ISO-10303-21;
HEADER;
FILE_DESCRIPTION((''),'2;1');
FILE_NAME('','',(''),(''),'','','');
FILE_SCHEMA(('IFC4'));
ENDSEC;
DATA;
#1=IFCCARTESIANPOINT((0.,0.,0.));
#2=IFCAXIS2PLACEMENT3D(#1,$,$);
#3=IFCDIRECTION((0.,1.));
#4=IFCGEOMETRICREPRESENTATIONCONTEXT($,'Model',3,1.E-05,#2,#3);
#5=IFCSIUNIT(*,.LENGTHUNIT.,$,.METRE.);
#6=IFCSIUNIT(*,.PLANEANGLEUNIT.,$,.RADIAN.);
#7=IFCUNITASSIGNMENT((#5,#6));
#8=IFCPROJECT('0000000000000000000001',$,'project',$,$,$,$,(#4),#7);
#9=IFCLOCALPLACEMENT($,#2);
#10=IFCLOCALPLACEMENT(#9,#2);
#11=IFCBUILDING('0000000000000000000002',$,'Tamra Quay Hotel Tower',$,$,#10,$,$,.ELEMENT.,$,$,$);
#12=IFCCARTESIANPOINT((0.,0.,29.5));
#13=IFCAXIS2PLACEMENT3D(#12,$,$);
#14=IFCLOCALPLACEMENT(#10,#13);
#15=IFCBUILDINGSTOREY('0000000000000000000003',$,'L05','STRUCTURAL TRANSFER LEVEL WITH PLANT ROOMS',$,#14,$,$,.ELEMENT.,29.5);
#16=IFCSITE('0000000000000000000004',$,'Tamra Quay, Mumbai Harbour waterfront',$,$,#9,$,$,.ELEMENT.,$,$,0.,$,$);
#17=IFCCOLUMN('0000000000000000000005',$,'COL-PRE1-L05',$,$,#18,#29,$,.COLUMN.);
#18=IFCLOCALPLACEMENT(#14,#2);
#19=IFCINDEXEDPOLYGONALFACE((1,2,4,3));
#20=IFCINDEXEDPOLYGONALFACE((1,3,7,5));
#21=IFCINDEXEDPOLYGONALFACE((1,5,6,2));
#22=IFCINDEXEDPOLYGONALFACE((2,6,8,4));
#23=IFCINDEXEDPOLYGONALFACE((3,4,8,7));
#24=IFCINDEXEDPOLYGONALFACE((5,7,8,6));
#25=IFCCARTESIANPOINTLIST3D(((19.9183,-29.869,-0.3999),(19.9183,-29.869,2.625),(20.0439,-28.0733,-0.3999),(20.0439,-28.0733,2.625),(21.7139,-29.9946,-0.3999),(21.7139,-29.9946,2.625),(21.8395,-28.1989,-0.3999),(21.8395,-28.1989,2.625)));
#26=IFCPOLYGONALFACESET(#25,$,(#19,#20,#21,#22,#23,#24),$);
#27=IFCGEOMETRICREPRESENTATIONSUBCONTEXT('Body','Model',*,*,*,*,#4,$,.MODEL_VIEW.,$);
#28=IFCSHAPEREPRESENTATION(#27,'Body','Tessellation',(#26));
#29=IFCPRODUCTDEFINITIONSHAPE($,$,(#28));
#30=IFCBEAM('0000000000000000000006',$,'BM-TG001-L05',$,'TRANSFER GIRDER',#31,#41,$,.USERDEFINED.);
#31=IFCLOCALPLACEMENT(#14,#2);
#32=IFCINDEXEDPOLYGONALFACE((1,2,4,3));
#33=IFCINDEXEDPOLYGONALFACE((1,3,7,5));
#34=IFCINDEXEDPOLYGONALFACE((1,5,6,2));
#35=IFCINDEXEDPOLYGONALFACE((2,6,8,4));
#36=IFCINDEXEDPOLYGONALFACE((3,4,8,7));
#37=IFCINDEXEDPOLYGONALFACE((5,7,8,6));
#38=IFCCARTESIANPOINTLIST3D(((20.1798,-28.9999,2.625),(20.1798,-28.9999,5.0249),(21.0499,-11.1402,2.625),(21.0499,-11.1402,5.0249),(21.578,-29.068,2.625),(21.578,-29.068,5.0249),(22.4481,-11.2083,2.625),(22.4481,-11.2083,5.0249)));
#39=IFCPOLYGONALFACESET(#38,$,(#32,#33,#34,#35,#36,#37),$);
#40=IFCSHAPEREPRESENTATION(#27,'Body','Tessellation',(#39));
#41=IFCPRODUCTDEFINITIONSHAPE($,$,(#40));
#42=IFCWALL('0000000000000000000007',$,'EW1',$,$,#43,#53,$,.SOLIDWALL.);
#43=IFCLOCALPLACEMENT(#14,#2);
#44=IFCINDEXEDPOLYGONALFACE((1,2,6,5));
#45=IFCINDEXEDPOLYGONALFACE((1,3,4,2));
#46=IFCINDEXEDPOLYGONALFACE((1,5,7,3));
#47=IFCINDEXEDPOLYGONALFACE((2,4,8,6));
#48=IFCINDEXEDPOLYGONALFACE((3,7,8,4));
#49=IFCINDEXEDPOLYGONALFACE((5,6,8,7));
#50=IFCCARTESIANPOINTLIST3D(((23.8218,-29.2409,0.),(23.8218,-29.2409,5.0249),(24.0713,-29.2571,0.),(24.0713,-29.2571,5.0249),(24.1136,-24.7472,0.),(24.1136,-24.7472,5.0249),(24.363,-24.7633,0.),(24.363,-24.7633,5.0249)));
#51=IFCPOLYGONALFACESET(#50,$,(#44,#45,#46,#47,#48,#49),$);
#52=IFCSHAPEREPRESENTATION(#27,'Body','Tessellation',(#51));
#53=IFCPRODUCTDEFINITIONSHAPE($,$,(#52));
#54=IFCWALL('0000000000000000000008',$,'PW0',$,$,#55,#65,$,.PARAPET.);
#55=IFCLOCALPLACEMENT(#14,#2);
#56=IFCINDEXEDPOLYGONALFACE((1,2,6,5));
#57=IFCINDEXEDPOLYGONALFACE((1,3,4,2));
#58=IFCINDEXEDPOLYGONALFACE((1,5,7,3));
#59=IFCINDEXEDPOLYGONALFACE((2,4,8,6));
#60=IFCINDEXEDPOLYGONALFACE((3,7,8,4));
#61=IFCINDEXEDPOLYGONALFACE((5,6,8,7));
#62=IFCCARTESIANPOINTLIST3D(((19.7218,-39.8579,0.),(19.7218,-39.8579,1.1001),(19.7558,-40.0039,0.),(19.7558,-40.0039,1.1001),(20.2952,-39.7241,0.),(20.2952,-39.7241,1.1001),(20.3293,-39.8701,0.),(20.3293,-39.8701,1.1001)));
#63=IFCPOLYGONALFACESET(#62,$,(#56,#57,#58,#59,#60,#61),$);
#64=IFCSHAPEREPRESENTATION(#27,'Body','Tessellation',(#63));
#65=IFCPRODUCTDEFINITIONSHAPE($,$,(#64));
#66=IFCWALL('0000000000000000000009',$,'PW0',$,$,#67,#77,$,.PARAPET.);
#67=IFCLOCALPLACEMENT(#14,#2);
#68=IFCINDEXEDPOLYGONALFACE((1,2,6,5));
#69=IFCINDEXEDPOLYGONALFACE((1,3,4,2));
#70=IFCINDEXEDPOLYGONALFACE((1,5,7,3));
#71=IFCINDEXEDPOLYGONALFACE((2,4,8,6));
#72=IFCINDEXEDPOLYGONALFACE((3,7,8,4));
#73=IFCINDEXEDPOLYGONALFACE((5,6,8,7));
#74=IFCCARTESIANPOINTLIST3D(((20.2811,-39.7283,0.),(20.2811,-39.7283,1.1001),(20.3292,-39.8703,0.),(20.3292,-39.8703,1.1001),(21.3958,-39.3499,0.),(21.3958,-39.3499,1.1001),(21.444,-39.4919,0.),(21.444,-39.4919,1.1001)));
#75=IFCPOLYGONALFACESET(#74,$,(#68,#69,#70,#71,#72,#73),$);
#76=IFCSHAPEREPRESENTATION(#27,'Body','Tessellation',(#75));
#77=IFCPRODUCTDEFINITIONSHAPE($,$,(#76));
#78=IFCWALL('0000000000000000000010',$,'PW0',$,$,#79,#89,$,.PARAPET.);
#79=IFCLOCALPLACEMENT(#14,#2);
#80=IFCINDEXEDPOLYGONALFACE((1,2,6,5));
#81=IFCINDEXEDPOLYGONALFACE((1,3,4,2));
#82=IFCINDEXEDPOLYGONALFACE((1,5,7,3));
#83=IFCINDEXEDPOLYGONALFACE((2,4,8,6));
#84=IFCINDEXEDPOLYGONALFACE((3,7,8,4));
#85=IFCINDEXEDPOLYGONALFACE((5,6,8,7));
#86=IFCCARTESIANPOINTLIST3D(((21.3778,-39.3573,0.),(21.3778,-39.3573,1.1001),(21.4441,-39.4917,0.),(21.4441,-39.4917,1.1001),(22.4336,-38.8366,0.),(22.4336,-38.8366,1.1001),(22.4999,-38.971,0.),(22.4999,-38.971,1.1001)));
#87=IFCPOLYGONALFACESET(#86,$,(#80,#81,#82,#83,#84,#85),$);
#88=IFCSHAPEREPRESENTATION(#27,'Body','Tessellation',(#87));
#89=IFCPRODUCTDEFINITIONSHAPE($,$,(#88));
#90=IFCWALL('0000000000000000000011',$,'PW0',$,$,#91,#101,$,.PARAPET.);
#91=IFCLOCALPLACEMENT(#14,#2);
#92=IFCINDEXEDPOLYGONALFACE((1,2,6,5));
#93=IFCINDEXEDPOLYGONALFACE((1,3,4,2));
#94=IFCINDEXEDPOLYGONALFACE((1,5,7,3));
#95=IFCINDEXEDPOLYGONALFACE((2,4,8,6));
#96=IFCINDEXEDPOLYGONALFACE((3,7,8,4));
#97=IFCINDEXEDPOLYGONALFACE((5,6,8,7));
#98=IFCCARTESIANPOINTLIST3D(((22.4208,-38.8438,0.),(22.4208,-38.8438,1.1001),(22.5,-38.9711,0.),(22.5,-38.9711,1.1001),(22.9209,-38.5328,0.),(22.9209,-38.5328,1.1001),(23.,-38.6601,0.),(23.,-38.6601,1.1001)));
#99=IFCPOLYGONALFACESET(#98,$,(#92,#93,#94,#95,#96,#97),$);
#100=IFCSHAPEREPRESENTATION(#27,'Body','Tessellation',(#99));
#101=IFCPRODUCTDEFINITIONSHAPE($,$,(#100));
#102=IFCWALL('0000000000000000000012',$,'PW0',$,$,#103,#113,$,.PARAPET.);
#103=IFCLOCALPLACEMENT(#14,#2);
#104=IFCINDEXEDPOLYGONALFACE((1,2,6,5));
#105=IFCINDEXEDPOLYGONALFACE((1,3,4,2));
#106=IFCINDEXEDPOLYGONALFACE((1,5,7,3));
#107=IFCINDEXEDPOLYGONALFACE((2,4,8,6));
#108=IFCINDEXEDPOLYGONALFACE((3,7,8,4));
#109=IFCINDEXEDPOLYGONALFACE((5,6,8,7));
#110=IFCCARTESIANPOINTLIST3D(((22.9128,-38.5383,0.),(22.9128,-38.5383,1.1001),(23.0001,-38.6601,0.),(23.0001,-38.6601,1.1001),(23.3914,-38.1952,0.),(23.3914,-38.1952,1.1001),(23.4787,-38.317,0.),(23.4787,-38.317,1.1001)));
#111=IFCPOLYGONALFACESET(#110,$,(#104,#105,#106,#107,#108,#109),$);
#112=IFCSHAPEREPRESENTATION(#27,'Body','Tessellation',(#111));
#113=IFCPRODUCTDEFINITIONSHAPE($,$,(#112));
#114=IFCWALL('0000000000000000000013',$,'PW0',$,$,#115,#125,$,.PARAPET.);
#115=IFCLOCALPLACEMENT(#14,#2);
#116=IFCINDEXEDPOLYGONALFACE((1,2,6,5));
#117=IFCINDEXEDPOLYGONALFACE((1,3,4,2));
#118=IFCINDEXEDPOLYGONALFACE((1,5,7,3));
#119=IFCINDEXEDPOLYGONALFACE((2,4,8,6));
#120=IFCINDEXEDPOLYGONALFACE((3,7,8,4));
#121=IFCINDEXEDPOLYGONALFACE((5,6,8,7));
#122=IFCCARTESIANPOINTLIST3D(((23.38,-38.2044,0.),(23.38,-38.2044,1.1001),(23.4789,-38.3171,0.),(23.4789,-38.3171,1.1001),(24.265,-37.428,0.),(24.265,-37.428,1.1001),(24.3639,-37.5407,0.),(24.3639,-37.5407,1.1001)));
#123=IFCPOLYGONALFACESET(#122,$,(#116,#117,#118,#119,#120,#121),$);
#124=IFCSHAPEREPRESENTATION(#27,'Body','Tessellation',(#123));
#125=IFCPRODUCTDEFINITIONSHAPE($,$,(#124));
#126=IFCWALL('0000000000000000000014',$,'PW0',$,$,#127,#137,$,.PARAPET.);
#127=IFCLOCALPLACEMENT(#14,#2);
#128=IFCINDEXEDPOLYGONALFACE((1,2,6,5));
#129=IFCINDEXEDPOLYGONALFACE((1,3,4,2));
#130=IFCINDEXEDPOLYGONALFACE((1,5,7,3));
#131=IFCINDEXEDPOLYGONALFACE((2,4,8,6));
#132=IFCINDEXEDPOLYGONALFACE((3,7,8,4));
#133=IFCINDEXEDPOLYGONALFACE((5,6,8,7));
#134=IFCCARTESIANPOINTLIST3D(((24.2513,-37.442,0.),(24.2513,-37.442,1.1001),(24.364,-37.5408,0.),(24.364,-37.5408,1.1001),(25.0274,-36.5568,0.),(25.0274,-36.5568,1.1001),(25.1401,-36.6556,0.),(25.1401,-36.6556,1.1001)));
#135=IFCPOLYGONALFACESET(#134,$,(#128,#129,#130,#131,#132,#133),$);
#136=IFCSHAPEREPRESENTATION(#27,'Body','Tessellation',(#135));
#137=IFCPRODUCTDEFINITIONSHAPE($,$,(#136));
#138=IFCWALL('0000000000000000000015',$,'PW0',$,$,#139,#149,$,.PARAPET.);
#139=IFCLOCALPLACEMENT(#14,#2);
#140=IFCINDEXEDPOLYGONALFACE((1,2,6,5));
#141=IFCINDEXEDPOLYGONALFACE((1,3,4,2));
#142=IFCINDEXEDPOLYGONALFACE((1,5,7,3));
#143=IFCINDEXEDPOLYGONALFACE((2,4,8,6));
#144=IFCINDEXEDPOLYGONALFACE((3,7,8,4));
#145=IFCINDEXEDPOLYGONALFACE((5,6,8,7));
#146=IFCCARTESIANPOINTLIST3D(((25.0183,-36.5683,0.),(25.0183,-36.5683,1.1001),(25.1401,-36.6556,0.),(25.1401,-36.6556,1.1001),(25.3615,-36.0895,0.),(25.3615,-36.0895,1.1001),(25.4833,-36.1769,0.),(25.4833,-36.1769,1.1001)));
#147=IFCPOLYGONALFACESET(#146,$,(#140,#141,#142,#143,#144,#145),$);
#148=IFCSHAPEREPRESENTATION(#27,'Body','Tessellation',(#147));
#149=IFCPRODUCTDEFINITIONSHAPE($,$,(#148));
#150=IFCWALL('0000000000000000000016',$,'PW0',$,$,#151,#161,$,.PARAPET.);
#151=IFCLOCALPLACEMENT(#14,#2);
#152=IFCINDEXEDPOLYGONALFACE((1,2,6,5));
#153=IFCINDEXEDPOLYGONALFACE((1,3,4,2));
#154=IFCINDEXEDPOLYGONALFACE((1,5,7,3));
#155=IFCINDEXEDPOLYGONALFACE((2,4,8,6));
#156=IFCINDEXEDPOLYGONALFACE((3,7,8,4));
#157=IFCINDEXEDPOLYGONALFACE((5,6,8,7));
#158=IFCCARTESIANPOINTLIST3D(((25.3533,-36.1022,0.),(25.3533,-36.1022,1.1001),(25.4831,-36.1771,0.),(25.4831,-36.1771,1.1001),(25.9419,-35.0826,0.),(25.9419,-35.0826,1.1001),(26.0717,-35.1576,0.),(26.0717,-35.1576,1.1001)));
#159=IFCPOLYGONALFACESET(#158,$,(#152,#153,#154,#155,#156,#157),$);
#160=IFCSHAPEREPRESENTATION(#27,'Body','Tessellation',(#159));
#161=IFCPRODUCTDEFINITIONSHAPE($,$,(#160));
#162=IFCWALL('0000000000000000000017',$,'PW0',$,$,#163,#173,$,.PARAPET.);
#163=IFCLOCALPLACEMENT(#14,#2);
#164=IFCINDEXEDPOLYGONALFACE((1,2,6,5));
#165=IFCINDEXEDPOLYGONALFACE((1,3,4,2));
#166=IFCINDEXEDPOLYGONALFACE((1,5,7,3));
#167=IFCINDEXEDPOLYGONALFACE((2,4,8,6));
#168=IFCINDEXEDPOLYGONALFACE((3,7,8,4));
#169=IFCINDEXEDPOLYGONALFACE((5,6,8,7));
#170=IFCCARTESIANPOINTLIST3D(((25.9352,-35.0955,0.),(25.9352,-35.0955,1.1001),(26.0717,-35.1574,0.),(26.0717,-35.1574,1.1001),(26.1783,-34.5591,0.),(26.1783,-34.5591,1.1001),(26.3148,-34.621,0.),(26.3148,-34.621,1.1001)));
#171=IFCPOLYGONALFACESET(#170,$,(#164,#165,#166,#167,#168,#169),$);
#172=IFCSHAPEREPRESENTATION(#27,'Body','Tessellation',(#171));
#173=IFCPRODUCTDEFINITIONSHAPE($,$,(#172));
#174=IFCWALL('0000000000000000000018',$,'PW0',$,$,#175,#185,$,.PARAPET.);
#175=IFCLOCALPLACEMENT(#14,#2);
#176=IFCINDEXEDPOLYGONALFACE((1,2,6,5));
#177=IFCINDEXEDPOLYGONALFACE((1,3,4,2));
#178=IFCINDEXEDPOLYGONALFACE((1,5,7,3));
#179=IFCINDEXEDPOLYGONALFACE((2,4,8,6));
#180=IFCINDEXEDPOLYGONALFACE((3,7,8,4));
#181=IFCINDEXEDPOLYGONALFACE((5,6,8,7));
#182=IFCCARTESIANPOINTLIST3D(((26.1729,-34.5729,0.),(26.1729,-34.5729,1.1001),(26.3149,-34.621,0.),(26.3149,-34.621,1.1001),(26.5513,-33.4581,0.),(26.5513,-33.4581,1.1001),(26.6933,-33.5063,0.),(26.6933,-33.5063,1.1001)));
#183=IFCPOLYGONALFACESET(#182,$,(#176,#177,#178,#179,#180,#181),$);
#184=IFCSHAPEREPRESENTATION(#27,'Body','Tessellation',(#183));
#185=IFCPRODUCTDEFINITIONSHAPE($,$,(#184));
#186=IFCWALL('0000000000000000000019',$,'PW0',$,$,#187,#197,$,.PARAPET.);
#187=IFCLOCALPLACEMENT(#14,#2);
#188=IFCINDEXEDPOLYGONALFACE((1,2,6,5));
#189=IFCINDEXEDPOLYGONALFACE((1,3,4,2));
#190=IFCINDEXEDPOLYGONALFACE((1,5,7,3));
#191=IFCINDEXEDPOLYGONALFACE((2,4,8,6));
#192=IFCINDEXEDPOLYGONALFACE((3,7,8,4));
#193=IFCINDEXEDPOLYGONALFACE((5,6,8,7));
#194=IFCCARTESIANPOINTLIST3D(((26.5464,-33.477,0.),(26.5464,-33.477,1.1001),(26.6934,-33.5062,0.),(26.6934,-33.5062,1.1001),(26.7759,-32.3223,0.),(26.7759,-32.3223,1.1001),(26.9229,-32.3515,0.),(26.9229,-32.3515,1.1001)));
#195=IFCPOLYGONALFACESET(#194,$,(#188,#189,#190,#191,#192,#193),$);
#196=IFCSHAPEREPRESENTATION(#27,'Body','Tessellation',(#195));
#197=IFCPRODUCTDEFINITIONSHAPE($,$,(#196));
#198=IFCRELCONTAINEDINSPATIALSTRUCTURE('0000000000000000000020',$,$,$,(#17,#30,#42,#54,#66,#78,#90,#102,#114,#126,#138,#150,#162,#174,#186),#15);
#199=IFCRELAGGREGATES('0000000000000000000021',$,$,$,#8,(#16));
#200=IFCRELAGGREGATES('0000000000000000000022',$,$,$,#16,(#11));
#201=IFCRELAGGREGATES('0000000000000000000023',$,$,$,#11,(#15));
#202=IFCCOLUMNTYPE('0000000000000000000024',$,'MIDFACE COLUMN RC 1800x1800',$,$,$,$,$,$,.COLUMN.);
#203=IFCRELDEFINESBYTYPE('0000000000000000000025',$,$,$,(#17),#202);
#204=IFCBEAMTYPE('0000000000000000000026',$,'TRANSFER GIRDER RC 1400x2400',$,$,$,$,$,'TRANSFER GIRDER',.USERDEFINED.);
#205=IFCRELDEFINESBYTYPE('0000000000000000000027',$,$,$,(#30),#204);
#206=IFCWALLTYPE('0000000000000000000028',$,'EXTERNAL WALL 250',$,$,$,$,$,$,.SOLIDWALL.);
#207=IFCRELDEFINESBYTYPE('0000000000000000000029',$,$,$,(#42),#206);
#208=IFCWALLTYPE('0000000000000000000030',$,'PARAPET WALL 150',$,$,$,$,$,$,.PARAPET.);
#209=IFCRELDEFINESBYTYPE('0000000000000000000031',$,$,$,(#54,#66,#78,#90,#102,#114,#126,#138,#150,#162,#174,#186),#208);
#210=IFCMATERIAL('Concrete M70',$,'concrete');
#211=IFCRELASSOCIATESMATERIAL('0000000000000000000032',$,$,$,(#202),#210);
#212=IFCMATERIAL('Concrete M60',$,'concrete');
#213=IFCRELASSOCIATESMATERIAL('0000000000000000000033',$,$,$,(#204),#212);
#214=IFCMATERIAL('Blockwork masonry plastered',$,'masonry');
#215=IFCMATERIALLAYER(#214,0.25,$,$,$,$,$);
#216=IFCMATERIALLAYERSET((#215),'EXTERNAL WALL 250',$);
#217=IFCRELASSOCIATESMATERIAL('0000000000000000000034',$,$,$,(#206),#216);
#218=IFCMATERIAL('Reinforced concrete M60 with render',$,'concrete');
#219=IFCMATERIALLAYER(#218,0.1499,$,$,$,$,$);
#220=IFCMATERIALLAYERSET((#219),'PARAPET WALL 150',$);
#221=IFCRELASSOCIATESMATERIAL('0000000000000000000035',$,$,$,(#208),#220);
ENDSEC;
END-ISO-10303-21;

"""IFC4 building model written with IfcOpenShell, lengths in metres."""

from ifc_helpers import new_model, si_unit, direction, frame, frame_2d, origin, origin_2d, place, context, subcontext, project, spatial, rectangle, extrude, material, layer, layer_set, material_profile, profile_set, type_object, element, save


model = new_model("IFC4")

# Units and contexts
model_context = context("Model", 3, precision=1e-05, world=origin(), true_north=direction((0.0, 1.0)))
body_context = subcontext(model_context, "Body", "Model", "MODEL_VIEW")
ifc_project = project(units=[si_unit("LENGTHUNIT", "METRE"), si_unit("PLANEANGLEUNIT", "RADIAN")], contexts=[model_context])

# Site, building, storey
site_placement = place(None, origin())
site = spatial("IfcSite", under=ifc_project, at=site_placement, Name="Tamra Quay, Mumbai Harbour waterfront", CompositionType="ELEMENT", RefElevation=0.0)
building_placement = place(site_placement, origin())
building = spatial("IfcBuilding", under=site, at=building_placement, Name="Tamra Quay Hotel Tower", CompositionType="ELEMENT")
storey_placement = place(building_placement, frame((0.0, 0.0, 29.5)))
storey = spatial("IfcBuildingStorey", under=building, at=storey_placement, Name="L05", Description="STRUCTURAL TRANSFER LEVEL WITH PLANT ROOMS", CompositionType="ELEMENT", Elevation=29.5)

# Column
ifc_material_1 = material(Name="Concrete M70", Category="concrete")
ifc_material_profile_1 = material_profile(ifc_material_1, rectangle(XDim=1.8, YDim=1.8, at=origin_2d()), Name="MIDFACE COLUMN RC 1800x1800")
ifc_profile_set_1 = profile_set([ifc_material_profile_1], Name="Concrete M70")
column_type = type_object("IfcColumnType", Name="MIDFACE COLUMN RC 1800x1800", PredefinedType="COLUMN", material=ifc_profile_set_1)
column_placement = place(storey_placement, frame((20.8789, -29.0339, -0.3999), z_axis=(0.0, 0.0, 1.0), x_axis=(-0.997562, 0.06979, 0.0)))
element("IfcColumn", 1, at=column_placement, inside=storey, type_object=column_type, Name="COL-PRE1-L05", PredefinedType="COLUMN", context=body_context, shape_type="SweptSolid", body=[
    extrude(rectangle(XDim=1.8, YDim=1.8, at=origin_2d()), origin(), (0.0, 0.0, 1.0), 3.0249),
])

# Beam
ifc_material_2 = material(Name="Concrete M60", Category="concrete")
ifc_material_profile_2 = material_profile(ifc_material_2, rectangle(XDim=1.3999, YDim=2.3999, at=origin_2d()), Name="TRANSFER GIRDER RC 1400x2400")
ifc_profile_set_2 = profile_set([ifc_material_profile_2], Name="Concrete M60")
beam_type = type_object("IfcBeamType", Name="TRANSFER GIRDER RC 1400x2400", ElementType="TRANSFER GIRDER", PredefinedType="USERDEFINED", material=ifc_profile_set_2)
beam_placement = place(storey_placement, frame((20.8789, -29.0339, 3.825), z_axis=(0.048662, 0.998815, 0.0), x_axis=(-0.998815, 0.048662, 0.0)))
element("IfcBeam", 2, at=beam_placement, inside=storey, type_object=beam_type, Name="BM-TG001-L05", ObjectType="TRANSFER GIRDER", PredefinedType="USERDEFINED", context=body_context, shape_type="SweptSolid", body=[
    extrude(rectangle(XDim=1.3999, YDim=2.3999, at=origin_2d()), origin(), (0.0, 0.0, 1.0), 17.8809),
])

# Walls
ifc_material_3 = material(Name="Blockwork masonry plastered", Category="masonry")
ifc_layer_1 = layer(ifc_material_3, 0.25)
ifc_layer_set_1 = layer_set([ifc_layer_1], Name="EXTERNAL WALL 250")
wall_type_1 = type_object("IfcWallType", Name="EXTERNAL WALL 250", PredefinedType="SOLIDWALL", material=ifc_layer_set_1)
wall_1_placement = place(storey_placement, frame((24.2383, -24.7554, 0.0), z_axis=(0.0, 0.0, 1.0), x_axis=(-0.064788, -0.997899, 0.0)))
element("IfcWall", 3, at=wall_1_placement, inside=storey, type_object=wall_type_1, Name="EW1", PredefinedType="SOLIDWALL", context=body_context, shape_type="SweptSolid", body=[
    extrude(rectangle(XDim=4.5032, YDim=0.25, at=frame_2d((2.2515, 0.0))), origin(), (0.0, 0.0, 1.0), 5.0249),
])
ifc_material_4 = material(Name="Reinforced concrete M60 with render", Category="concrete")
ifc_layer_2 = layer(ifc_material_4, 0.1499)
ifc_layer_set_2 = layer_set([ifc_layer_2], Name="PARAPET WALL 150")
wall_type_2 = type_object("IfcWallType", Name="PARAPET WALL 150", PredefinedType="PARAPET", material=ifc_layer_set_2)
wall_2_placement = place(storey_placement, frame((20.3123, -39.7971, 0.0), z_axis=(0.0, 0.0, 1.0), x_axis=(-0.97385, -0.22719, 0.0)))
element("IfcWall", 4, at=wall_2_placement, inside=storey, type_object=wall_type_2, Name="PW0", PredefinedType="PARAPET", context=body_context, shape_type="SweptSolid", body=[
    extrude(rectangle(XDim=0.5889, YDim=0.1499, at=frame_2d((0.2944, 0.0))), origin(), (0.0, 0.0, 1.0), 1.1001),
])
for number, where, z_axis, x_axis, name in (
    (5, (21.4199, -39.4209, 0.0), (0.0, 0.0, 1.0), (-0.946927, -0.321449, 0.0), "PW0"),
    (6, (22.4668, -38.9038, 0.0), (0.0, 0.0, 1.0), (-0.896861, -0.442313, 0.0), "PW0"),
):
    element("IfcWall", number, at=place(storey_placement, frame(where, z_axis=z_axis, x_axis=x_axis)), inside=storey, type_object=wall_type_2, Name=name, PredefinedType="PARAPET", context=body_context, shape_type="SweptSolid", body=[
        extrude(rectangle(XDim=1.1772, YDim=0.1499, at=frame_2d((0.5886, 0.0))), origin(), (0.0, 0.0, 1.0), 1.1001),
    ])
for number, where, z_axis, x_axis, name in (
    (7, (22.9604, -38.5964, 0.0), (0.0, 0.0, 1.0), (-0.849114, -0.528209, 0.0), "PW0"),
    (8, (23.4351, -38.2561, 0.0), (0.0, 0.0, 1.0), (-0.812752, -0.58261, 0.0), "PW0"),
):
    element("IfcWall", number, at=place(storey_placement, frame(where, z_axis=z_axis, x_axis=x_axis)), inside=storey, type_object=wall_type_2, Name=name, PredefinedType="PARAPET", context=body_context, shape_type="SweptSolid", body=[
        extrude(rectangle(XDim=0.5889, YDim=0.1499, at=frame_2d((0.2944, 0.0))), origin(), (0.0, 0.0, 1.0), 1.1001),
    ])
for number, where, z_axis, x_axis, name in (
    (9, (24.3145, -37.4844, 0.0), (0.0, 0.0, 1.0), (-0.751741, -0.659458, 0.0), "PW0"),
    (10, (25.0837, -36.6062, 0.0), (0.0, 0.0, 1.0), (-0.659238, -0.751934, 0.0), "PW0"),
):
    element("IfcWall", number, at=place(storey_placement, frame(where, z_axis=z_axis, x_axis=x_axis)), inside=storey, type_object=wall_type_2, Name=name, PredefinedType="PARAPET", context=body_context, shape_type="SweptSolid", body=[
        extrude(rectangle(XDim=1.1772, YDim=0.1499, at=frame_2d((0.5886, 0.0))), origin(), (0.0, 0.0, 1.0), 1.1001),
    ])
wall_3_placement = place(storey_placement, frame((25.4224, -36.1333, 0.0), z_axis=(0.0, 0.0, 1.0), x_axis=(-0.582688, -0.812696, 0.0)))
element("IfcWall", 11, at=wall_3_placement, inside=storey, type_object=wall_type_2, Name="PW0", PredefinedType="PARAPET", context=body_context, shape_type="SweptSolid", body=[
    extrude(rectangle(XDim=0.5891, YDim=0.1499, at=frame_2d((0.2944, 0.0))), origin(), (0.0, 0.0, 1.0), 1.1001),
])
wall_4_placement = place(storey_placement, frame((26.0068, -35.1201, 0.0), z_axis=(0.0, 0.0, 1.0), x_axis=(-0.499998, -0.866027, 0.0)))
element("IfcWall", 12, at=wall_4_placement, inside=storey, type_object=wall_type_2, Name="PW0", PredefinedType="PARAPET", context=body_context, shape_type="SweptSolid", body=[
    extrude(rectangle(XDim=1.1772, YDim=0.1499, at=frame_2d((0.5886, 0.0))), origin(), (0.0, 0.0, 1.0), 1.1001),
])
wall_5_placement = place(storey_placement, frame((26.2466, -34.5901, 0.0), z_axis=(0.0, 0.0, 1.0), x_axis=(-0.412897, -0.910778, 0.0)))
element("IfcWall", 13, at=wall_5_placement, inside=storey, type_object=wall_type_2, Name="PW0", PredefinedType="PARAPET", context=body_context, shape_type="SweptSolid", body=[
    extrude(rectangle(XDim=0.5889, YDim=0.1499, at=frame_2d((0.2944, 0.0))), origin(), (0.0, 0.0, 1.0), 1.1001),
])
for number, where, z_axis, x_axis, name in (
    (14, (26.6223, -33.4822, 0.0), (0.0, 0.0, 1.0), (-0.321449, -0.946927, 0.0), "PW0"),
    (15, (26.8494, -32.3369, 0.0), (0.0, 0.0, 1.0), (-0.19492, -0.980819, 0.0), "PW0"),
):
    element("IfcWall", number, at=place(storey_placement, frame(where, z_axis=z_axis, x_axis=x_axis)), inside=storey, type_object=wall_type_2, Name=name, PredefinedType="PARAPET", context=body_context, shape_type="SweptSolid", body=[
        extrude(rectangle(XDim=1.1772, YDim=0.1499, at=frame_2d((0.5886, 0.0))), origin(), (0.0, 0.0, 1.0), 1.1001),
    ])

save(model, "model.ifc")
